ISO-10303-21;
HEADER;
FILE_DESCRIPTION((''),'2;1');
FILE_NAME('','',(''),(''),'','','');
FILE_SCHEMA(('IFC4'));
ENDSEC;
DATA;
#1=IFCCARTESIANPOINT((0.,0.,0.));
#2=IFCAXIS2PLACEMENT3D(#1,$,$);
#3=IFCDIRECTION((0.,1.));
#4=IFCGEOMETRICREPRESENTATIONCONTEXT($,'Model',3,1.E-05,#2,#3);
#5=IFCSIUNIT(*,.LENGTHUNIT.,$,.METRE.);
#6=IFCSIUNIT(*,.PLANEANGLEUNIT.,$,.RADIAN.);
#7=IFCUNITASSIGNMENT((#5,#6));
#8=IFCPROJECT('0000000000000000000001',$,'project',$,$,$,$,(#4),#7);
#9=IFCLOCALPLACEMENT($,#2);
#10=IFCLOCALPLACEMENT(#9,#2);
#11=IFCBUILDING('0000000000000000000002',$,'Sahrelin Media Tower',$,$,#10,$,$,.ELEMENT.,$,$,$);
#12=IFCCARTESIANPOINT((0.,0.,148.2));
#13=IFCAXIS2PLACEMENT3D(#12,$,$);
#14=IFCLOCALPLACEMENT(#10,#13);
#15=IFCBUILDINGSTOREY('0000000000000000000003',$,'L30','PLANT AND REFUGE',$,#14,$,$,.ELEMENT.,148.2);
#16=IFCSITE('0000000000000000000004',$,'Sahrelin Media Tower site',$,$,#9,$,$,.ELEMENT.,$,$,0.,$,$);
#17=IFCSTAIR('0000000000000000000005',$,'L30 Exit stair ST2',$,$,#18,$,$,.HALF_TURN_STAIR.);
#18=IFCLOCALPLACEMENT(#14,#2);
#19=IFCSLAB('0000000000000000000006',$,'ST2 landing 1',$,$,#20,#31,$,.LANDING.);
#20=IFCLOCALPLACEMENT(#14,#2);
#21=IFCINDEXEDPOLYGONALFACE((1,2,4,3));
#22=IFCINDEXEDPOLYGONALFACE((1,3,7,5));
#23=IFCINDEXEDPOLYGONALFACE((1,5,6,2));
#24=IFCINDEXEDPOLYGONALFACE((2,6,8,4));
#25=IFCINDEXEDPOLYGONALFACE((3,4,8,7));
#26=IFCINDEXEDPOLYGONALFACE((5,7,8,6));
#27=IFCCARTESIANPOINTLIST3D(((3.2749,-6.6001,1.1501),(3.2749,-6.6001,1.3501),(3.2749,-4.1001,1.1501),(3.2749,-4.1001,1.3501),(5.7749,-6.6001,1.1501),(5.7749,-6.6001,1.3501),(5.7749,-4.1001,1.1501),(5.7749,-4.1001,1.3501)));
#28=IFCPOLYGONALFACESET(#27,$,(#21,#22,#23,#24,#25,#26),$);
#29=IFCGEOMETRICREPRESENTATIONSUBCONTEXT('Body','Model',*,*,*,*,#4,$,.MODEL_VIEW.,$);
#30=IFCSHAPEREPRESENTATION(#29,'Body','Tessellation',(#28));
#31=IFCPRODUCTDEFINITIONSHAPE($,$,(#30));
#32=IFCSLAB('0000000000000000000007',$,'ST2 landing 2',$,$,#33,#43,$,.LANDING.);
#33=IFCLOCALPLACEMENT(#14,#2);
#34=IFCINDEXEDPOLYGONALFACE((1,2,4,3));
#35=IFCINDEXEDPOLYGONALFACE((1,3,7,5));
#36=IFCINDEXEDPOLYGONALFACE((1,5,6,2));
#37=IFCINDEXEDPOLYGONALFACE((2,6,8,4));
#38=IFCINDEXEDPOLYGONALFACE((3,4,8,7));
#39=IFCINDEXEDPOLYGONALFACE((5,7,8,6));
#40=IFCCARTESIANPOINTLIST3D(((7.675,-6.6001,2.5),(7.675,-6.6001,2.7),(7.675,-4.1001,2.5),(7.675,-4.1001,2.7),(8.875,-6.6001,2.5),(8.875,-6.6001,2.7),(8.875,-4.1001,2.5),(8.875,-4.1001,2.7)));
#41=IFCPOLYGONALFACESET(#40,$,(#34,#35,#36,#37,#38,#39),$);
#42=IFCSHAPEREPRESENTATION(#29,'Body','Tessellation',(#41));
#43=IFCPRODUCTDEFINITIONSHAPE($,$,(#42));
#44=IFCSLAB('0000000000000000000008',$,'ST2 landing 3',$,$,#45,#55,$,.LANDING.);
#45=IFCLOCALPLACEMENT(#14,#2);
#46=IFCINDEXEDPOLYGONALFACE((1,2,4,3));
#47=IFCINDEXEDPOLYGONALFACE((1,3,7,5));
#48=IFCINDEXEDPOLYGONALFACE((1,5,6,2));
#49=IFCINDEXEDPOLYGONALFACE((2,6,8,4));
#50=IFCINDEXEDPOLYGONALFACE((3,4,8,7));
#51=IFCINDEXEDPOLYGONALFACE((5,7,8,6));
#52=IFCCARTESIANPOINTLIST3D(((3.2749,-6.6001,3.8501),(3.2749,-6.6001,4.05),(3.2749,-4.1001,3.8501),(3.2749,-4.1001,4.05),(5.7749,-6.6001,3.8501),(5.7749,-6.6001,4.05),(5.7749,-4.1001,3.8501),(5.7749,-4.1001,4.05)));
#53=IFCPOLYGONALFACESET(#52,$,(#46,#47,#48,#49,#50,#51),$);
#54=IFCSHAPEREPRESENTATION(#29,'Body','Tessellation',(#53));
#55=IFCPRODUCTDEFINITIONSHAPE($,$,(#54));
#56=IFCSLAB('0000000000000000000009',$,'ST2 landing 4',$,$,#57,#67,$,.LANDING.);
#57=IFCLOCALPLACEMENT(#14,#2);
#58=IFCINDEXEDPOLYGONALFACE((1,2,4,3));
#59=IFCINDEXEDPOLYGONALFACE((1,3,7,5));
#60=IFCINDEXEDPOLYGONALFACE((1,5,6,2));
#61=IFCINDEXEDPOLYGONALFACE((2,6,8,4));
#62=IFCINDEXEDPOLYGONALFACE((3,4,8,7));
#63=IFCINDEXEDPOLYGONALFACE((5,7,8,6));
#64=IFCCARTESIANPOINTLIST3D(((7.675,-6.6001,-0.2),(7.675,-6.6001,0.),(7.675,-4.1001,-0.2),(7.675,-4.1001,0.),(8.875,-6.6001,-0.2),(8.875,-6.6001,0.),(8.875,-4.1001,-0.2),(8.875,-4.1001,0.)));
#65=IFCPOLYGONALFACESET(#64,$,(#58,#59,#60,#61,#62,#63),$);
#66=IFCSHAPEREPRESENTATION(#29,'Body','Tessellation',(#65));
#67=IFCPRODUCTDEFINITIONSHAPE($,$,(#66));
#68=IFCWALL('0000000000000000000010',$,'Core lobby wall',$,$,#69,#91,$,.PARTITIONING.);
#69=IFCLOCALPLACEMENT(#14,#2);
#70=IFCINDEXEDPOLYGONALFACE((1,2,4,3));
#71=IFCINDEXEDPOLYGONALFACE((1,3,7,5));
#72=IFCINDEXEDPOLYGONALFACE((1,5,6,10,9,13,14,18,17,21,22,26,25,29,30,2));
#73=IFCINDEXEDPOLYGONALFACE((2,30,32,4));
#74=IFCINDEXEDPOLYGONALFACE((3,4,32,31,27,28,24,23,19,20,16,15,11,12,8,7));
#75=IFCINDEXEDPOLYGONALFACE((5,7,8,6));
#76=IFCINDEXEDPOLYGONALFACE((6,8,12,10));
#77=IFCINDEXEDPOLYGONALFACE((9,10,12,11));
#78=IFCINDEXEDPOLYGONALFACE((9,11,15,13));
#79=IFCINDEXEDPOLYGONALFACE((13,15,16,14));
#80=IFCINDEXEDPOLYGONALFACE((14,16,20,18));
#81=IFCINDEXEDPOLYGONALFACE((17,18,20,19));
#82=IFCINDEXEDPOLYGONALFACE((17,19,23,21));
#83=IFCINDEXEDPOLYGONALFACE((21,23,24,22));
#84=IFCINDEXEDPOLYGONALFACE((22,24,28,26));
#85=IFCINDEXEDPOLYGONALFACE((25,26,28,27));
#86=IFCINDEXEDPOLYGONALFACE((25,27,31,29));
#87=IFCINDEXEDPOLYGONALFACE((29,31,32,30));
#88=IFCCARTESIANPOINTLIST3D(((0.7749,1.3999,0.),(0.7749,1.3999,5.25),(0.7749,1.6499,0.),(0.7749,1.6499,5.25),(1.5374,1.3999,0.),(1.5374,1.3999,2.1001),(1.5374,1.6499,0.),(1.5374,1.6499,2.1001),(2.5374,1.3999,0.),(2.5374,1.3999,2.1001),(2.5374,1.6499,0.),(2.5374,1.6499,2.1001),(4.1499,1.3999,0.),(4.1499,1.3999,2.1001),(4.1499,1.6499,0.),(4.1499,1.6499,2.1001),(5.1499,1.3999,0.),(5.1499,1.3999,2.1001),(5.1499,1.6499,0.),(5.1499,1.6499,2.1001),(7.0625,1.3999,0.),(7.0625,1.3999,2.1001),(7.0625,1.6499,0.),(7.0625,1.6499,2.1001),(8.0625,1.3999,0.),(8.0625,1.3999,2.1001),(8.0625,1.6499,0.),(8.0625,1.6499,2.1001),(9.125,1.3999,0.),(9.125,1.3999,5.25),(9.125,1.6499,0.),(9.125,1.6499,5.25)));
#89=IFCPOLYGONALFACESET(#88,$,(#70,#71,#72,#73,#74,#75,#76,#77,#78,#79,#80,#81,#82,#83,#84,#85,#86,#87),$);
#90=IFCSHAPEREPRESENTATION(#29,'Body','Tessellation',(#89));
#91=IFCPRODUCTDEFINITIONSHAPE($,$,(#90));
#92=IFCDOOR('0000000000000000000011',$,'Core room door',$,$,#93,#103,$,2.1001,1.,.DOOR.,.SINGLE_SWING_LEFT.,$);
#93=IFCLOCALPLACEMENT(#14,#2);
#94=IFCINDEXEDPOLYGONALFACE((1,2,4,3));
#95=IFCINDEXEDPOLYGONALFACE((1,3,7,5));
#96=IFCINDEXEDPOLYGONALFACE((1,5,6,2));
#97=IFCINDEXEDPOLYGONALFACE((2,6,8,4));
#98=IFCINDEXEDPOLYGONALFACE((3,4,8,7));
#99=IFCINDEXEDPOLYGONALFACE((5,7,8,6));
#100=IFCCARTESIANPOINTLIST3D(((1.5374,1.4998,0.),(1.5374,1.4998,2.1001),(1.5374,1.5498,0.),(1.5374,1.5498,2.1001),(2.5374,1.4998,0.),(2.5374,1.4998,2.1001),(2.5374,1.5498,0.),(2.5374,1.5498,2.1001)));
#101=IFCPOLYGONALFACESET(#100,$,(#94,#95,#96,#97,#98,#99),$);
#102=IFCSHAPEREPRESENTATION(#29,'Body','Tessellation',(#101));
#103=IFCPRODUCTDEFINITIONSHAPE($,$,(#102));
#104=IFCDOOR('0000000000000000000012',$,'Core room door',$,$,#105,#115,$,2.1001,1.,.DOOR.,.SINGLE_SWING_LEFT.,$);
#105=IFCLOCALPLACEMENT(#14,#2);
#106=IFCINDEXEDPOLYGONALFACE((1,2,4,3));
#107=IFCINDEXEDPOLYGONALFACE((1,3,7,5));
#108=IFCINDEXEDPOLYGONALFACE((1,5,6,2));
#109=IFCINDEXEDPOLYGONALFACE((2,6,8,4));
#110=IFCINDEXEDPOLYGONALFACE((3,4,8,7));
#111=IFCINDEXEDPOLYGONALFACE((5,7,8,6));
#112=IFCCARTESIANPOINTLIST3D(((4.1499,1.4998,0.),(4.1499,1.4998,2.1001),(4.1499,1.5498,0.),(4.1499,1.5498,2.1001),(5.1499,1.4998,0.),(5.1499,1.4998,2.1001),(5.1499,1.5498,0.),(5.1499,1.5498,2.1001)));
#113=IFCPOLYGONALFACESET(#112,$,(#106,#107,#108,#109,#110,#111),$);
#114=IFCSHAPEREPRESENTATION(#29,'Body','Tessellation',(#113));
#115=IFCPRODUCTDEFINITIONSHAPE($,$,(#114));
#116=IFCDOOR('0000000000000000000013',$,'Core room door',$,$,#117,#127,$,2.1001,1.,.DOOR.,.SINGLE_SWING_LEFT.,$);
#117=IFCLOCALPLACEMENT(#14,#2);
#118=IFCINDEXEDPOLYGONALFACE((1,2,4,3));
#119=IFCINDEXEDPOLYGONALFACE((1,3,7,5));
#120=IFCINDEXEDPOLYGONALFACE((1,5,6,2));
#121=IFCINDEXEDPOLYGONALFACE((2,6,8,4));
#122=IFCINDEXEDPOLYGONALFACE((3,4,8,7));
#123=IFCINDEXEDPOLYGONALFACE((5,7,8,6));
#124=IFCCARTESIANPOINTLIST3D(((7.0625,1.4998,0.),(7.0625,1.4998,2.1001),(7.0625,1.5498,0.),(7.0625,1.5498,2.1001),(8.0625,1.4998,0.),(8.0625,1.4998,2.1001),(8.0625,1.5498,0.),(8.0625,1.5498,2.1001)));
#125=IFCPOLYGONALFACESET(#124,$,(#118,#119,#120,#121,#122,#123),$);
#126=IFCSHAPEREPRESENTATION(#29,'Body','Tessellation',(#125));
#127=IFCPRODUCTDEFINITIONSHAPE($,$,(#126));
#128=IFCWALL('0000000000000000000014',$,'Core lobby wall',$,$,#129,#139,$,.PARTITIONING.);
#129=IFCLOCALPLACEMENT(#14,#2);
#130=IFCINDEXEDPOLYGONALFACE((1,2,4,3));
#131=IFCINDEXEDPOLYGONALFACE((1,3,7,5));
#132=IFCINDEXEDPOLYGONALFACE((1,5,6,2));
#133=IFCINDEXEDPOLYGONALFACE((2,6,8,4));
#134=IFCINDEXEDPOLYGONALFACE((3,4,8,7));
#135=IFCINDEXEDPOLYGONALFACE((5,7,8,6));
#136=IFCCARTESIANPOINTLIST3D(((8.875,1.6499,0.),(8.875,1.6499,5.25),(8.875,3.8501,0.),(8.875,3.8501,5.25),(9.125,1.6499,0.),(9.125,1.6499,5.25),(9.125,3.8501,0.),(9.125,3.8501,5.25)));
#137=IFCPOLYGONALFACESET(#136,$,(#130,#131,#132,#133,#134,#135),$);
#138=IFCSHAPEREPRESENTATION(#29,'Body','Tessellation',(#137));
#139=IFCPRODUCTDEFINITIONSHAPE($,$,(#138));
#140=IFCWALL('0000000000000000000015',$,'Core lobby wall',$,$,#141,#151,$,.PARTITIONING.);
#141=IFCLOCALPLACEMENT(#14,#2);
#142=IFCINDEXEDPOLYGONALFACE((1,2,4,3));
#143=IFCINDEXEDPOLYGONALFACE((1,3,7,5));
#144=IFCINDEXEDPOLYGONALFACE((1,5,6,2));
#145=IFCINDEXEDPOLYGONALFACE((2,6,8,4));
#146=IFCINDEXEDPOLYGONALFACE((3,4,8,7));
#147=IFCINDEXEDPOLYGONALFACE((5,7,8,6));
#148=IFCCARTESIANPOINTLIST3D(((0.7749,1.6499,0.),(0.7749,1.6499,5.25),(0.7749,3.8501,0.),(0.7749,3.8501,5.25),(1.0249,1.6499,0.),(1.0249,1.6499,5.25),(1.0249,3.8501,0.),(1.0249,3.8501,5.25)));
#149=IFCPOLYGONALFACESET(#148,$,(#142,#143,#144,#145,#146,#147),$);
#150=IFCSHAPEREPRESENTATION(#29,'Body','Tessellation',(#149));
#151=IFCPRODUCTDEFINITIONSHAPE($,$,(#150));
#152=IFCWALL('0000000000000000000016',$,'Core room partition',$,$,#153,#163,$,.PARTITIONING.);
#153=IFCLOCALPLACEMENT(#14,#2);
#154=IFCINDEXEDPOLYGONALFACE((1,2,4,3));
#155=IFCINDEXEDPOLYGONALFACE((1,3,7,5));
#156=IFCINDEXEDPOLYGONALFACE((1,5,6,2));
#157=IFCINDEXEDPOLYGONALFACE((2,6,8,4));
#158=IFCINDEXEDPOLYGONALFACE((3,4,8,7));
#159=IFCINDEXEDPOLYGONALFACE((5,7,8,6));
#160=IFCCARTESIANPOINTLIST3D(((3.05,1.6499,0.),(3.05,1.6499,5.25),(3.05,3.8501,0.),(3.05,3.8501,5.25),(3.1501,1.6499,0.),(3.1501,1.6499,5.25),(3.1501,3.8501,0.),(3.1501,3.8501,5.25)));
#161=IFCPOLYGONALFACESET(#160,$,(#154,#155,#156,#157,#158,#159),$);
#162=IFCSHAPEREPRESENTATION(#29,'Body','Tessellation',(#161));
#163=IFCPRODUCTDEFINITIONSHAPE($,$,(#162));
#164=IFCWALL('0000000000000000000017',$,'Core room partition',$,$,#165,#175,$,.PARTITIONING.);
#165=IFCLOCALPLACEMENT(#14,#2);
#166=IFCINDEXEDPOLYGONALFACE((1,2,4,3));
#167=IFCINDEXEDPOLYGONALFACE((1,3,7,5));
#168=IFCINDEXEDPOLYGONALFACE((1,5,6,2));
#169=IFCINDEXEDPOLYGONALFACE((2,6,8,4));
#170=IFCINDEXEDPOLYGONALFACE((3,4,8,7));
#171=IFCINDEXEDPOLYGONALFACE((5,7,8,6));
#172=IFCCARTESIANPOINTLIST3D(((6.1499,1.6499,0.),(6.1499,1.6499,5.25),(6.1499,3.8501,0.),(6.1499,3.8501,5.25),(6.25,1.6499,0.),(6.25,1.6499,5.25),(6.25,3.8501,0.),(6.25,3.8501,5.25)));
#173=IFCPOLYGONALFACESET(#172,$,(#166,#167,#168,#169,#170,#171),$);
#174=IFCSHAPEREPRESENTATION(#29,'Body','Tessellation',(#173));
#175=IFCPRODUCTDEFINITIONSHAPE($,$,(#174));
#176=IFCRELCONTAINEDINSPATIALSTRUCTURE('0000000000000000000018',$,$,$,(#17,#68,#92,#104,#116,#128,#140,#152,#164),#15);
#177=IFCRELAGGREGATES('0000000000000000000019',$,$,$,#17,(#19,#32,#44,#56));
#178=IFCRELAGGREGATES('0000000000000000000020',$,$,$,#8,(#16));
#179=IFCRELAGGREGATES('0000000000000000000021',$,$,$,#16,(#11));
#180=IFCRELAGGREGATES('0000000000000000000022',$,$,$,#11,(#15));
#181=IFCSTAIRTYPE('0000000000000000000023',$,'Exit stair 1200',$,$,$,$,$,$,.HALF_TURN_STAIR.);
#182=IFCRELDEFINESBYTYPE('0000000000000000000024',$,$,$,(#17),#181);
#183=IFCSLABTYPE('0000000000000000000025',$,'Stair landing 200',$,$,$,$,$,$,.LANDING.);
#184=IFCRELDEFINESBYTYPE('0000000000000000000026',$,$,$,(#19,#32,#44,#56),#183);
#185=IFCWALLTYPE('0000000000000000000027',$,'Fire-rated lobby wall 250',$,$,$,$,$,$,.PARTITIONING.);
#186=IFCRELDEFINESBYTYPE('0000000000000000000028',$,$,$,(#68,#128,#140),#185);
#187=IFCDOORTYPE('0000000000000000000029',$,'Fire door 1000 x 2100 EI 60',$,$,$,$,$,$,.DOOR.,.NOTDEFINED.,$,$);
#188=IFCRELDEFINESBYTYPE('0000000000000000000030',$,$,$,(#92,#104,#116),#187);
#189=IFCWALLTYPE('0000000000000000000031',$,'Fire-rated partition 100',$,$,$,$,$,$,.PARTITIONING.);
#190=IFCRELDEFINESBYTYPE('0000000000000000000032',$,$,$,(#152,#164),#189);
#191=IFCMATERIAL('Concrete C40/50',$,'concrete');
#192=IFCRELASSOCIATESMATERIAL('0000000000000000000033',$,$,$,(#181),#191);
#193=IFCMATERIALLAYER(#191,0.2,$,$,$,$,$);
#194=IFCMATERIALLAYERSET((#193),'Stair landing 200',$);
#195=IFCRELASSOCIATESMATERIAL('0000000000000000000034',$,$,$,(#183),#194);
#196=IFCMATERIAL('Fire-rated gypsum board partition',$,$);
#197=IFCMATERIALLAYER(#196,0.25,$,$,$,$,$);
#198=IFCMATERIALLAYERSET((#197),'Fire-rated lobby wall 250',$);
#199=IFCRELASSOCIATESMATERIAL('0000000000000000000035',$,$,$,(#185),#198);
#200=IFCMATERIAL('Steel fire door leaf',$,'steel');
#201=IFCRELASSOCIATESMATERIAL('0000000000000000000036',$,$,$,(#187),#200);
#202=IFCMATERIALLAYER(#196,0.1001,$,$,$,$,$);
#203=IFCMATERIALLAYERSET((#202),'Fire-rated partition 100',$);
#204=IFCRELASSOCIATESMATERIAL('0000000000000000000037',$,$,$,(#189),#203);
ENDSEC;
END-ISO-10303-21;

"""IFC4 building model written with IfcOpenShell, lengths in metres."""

from ifc_helpers import new_model, si_unit, direction, frame, frame_2d, origin, place, context, subcontext, project, spatial, polyline, rectangle, outline, extrude, material, layer, layer_set, type_object, element, fill, aggregate, save


model = new_model("IFC4")

# Units and contexts
model_context = context("Model", 3, precision=1e-05, world=origin(), true_north=direction((0.0, 1.0)))
body_context = subcontext(model_context, "Body", "Model", "MODEL_VIEW")
ifc_project = project(units=[si_unit("LENGTHUNIT", "METRE"), si_unit("PLANEANGLEUNIT", "RADIAN")], contexts=[model_context])

# Site, building, storey
site_placement = place(None, origin())
site = spatial("IfcSite", under=ifc_project, at=site_placement, Name="Sahrelin Media Tower site", CompositionType="ELEMENT", RefElevation=0.0)
building_placement = place(site_placement, origin())
building = spatial("IfcBuilding", under=site, at=building_placement, Name="Sahrelin Media Tower", CompositionType="ELEMENT")
storey_placement = place(building_placement, frame((0.0, 0.0, 148.2)))
storey = spatial("IfcBuildingStorey", under=building, at=storey_placement, Name="L30", Description="PLANT AND REFUGE", CompositionType="ELEMENT", Elevation=148.2)

# Shared definitions
ifc_material_1 = material(Name="Concrete C40/50", Category="concrete")

# Shared definitions
stair_type = type_object("IfcStairType", Name="Exit stair 1200", PredefinedType="HALF_TURN_STAIR", material=ifc_material_1)
placement_1 = place(storey_placement, origin())
ifc_layer_1 = layer(ifc_material_1, 0.2)
ifc_layer_set_1 = layer_set([ifc_layer_1], Name="Stair landing 200")
slab_type_1 = type_object("IfcSlabType", Name="Stair landing 200", PredefinedType="LANDING", material=ifc_layer_set_1)
placement_2 = place(storey_placement, frame((0.0, 0.0, -0.2)))

# Stair, slabs
stair_1 = element("IfcStair", 1, at=placement_1, inside=storey, type_object=stair_type, Name="L30 Exit stair ST2", PredefinedType="HALF_TURN_STAIR")
slab_1_placement = place(storey_placement, frame((0.0, 0.0, 1.1501)))
slab_1 = element("IfcSlab", 2, at=slab_1_placement, type_object=slab_type_1, Name="ST2 landing 1", PredefinedType="LANDING", context=body_context, shape_type="SweptSolid", body=[
    extrude(outline(polyline([(5.7749, -4.1001), (3.2749, -4.1001), (3.2749, -6.6001), (5.7749, -6.6001), (5.7749, -4.1001)])), origin(), (0.0, 0.0, 1.0), 0.2),
])
slab_2_placement = place(storey_placement, frame((0.0, 0.0, 2.5)))
slab_2 = element("IfcSlab", 3, at=slab_2_placement, type_object=slab_type_1, Name="ST2 landing 2", PredefinedType="LANDING", context=body_context, shape_type="SweptSolid", body=[
    extrude(outline(polyline([(8.875, -4.1001), (7.675, -4.1001), (7.675, -6.6001), (8.875, -6.6001), (8.875, -4.1001)])), origin(), (0.0, 0.0, 1.0), 0.2),
])
slab_3_placement = place(storey_placement, frame((0.0, 0.0, 3.8501)))
slab_3 = element("IfcSlab", 4, at=slab_3_placement, type_object=slab_type_1, Name="ST2 landing 3", PredefinedType="LANDING", context=body_context, shape_type="SweptSolid", body=[
    extrude(outline(polyline([(5.7749, -4.1001), (3.2749, -4.1001), (3.2749, -6.6001), (5.7749, -6.6001), (5.7749, -4.1001)])), origin(), (0.0, 0.0, 1.0), 0.2),
])
slab_4 = element("IfcSlab", 5, at=placement_2, type_object=slab_type_1, Name="ST2 landing 4", PredefinedType="LANDING", context=body_context, shape_type="SweptSolid", body=[
    extrude(outline(polyline([(8.875, -4.1001), (7.675, -4.1001), (7.675, -6.6001), (8.875, -6.6001), (8.875, -4.1001)])), origin(), (0.0, 0.0, 1.0), 0.2),
])
aggregate(stair_1, [slab_1, slab_2, slab_3, slab_4])

# Wall, openings, doors
ifc_material_2 = material(Name="Fire-rated gypsum board partition")
ifc_layer_2 = layer(ifc_material_2, 0.25)
ifc_layer_set_2 = layer_set([ifc_layer_2], Name="Fire-rated lobby wall 250")
wall_type_1 = type_object("IfcWallType", Name="Fire-rated lobby wall 250", PredefinedType="PARTITIONING", material=ifc_layer_set_2)
wall_1_placement = place(storey_placement, frame((0.7749, 1.5249, 0.0), z_axis=(0.0, 0.0, 1.0), x_axis=(1.0, 0.0, 0.0)))
wall_1 = element("IfcWall", 6, at=wall_1_placement, inside=storey, type_object=wall_type_1, Name="Core lobby wall", PredefinedType="PARTITIONING", context=body_context, shape_type="SweptSolid", body=[
    extrude(rectangle(XDim=8.3501, YDim=0.25, at=frame_2d((4.175, 0.0))), origin(), (0.0, 0.0, 1.0), 5.25),
])
opening_1_placement = place(wall_1_placement, frame((0.7625, 0.0, 0.0)))
opening_1 = element("IfcOpeningElement", 7, at=opening_1_placement, cuts=wall_1, PredefinedType="OPENING", context=body_context, shape_type="SweptSolid", body=[
    extrude(rectangle(XDim=1.0, YDim=2.1001, at=frame_2d((0.5, 1.05))), frame((0.0, 0.125, 0.0), z_axis=(0.0, -1.0, 0.0), x_axis=(1.0, 0.0, 0.0)), (0.0, 0.0, 1.0), 0.25),
])
opening_2_placement = place(wall_1_placement, frame((3.375, 0.0, 0.0)))
opening_2 = element("IfcOpeningElement", 8, at=opening_2_placement, cuts=wall_1, PredefinedType="OPENING", context=body_context, shape_type="SweptSolid", body=[
    extrude(rectangle(XDim=1.0, YDim=2.1001, at=frame_2d((0.5, 1.05))), frame((0.0, 0.125, 0.0), z_axis=(0.0, -1.0, 0.0), x_axis=(1.0, 0.0, 0.0)), (0.0, 0.0, 1.0), 0.25),
])
opening_3_placement = place(wall_1_placement, frame((6.2876, 0.0, 0.0)))
opening_3 = element("IfcOpeningElement", 9, at=opening_3_placement, cuts=wall_1, PredefinedType="OPENING", context=body_context, shape_type="SweptSolid", body=[
    extrude(rectangle(XDim=1.0, YDim=2.1001, at=frame_2d((0.5, 1.05))), frame((0.0, 0.125, 0.0), z_axis=(0.0, -1.0, 0.0), x_axis=(1.0, 0.0, 0.0)), (0.0, 0.0, 1.0), 0.25),
])
ifc_material_3 = material(Name="Steel fire door leaf", Category="steel")
door_type_1 = type_object("IfcDoorType", Name="Fire door 1000 x 2100 EI 60", OperationType="NOTDEFINED", PredefinedType="DOOR", material=ifc_material_3)
door_1_placement = place(opening_1_placement, origin())
door_1 = element("IfcDoor", 10, at=door_1_placement, inside=storey, type_object=door_type_1, Name="Core room door", OperationType="SINGLE_SWING_LEFT", OverallHeight=2.1001, OverallWidth=1.0, PredefinedType="DOOR", context=body_context, shape_type="SweptSolid", body=[
    extrude(rectangle(XDim=1.0, YDim=2.1001, at=frame_2d((0.5, 1.05))), frame((0.0, 0.0249, 0.0), z_axis=(0.0, -1.0, 0.0), x_axis=(1.0, 0.0, 0.0)), (0.0, 0.0, 1.0), 0.05),
])
fill(opening_1, door_1)
door_2_placement = place(opening_2_placement, origin())
door_2 = element("IfcDoor", 11, at=door_2_placement, inside=storey, type_object=door_type_1, Name="Core room door", OperationType="SINGLE_SWING_LEFT", OverallHeight=2.1001, OverallWidth=1.0, PredefinedType="DOOR", context=body_context, shape_type="SweptSolid", body=[
    extrude(rectangle(XDim=1.0, YDim=2.1001, at=frame_2d((0.5, 1.05))), frame((0.0, 0.0249, 0.0), z_axis=(0.0, -1.0, 0.0), x_axis=(1.0, 0.0, 0.0)), (0.0, 0.0, 1.0), 0.05),
])
fill(opening_2, door_2)
door_3_placement = place(opening_3_placement, origin())
door_3 = element("IfcDoor", 12, at=door_3_placement, inside=storey, type_object=door_type_1, Name="Core room door", OperationType="SINGLE_SWING_LEFT", OverallHeight=2.1001, OverallWidth=1.0, PredefinedType="DOOR", context=body_context, shape_type="SweptSolid", body=[
    extrude(rectangle(XDim=1.0, YDim=2.1001, at=frame_2d((0.5, 1.05))), frame((0.0, 0.0249, 0.0), z_axis=(0.0, -1.0, 0.0), x_axis=(1.0, 0.0, 0.0)), (0.0, 0.0, 1.0), 0.05),
])
fill(opening_3, door_3)

# Walls
for number, where, z_axis, x_axis, name in (
    (13, (9.0, 1.6499, 0.0), (0.0, 0.0, 1.0), (0.0, 1.0, 0.0), "Core lobby wall"),
    (14, (0.8999, 1.6499, 0.0), (0.0, 0.0, 1.0), (0.0, 1.0, 0.0), "Core lobby wall"),
):
    element("IfcWall", number, at=place(storey_placement, frame(where, z_axis=z_axis, x_axis=x_axis)), inside=storey, type_object=wall_type_1, Name=name, PredefinedType="PARTITIONING", context=body_context, shape_type="SweptSolid", body=[
        extrude(rectangle(XDim=2.2002, YDim=0.25, at=frame_2d((1.1001, 0.0))), origin(), (0.0, 0.0, 1.0), 5.25),
    ])
ifc_layer_3 = layer(ifc_material_2, 0.1001)
ifc_layer_set_3 = layer_set([ifc_layer_3], Name="Fire-rated partition 100")
wall_type_2 = type_object("IfcWallType", Name="Fire-rated partition 100", PredefinedType="PARTITIONING", material=ifc_layer_set_3)
for number, where, z_axis, x_axis, name in (
    (15, (3.1001, 1.6499, 0.0), (0.0, 0.0, 1.0), (0.0, 1.0, 0.0), "Core room partition"),
    (16, (6.2, 1.6499, 0.0), (0.0, 0.0, 1.0), (0.0, 1.0, 0.0), "Core room partition"),
):
    element("IfcWall", number, at=place(storey_placement, frame(where, z_axis=z_axis, x_axis=x_axis)), inside=storey, type_object=wall_type_2, Name=name, PredefinedType="PARTITIONING", context=body_context, shape_type="SweptSolid", body=[
        extrude(rectangle(XDim=2.2002, YDim=0.1001, at=frame_2d((1.1001, 0.0))), origin(), (0.0, 0.0, 1.0), 5.25),
    ])

save(model, "model.ifc")
